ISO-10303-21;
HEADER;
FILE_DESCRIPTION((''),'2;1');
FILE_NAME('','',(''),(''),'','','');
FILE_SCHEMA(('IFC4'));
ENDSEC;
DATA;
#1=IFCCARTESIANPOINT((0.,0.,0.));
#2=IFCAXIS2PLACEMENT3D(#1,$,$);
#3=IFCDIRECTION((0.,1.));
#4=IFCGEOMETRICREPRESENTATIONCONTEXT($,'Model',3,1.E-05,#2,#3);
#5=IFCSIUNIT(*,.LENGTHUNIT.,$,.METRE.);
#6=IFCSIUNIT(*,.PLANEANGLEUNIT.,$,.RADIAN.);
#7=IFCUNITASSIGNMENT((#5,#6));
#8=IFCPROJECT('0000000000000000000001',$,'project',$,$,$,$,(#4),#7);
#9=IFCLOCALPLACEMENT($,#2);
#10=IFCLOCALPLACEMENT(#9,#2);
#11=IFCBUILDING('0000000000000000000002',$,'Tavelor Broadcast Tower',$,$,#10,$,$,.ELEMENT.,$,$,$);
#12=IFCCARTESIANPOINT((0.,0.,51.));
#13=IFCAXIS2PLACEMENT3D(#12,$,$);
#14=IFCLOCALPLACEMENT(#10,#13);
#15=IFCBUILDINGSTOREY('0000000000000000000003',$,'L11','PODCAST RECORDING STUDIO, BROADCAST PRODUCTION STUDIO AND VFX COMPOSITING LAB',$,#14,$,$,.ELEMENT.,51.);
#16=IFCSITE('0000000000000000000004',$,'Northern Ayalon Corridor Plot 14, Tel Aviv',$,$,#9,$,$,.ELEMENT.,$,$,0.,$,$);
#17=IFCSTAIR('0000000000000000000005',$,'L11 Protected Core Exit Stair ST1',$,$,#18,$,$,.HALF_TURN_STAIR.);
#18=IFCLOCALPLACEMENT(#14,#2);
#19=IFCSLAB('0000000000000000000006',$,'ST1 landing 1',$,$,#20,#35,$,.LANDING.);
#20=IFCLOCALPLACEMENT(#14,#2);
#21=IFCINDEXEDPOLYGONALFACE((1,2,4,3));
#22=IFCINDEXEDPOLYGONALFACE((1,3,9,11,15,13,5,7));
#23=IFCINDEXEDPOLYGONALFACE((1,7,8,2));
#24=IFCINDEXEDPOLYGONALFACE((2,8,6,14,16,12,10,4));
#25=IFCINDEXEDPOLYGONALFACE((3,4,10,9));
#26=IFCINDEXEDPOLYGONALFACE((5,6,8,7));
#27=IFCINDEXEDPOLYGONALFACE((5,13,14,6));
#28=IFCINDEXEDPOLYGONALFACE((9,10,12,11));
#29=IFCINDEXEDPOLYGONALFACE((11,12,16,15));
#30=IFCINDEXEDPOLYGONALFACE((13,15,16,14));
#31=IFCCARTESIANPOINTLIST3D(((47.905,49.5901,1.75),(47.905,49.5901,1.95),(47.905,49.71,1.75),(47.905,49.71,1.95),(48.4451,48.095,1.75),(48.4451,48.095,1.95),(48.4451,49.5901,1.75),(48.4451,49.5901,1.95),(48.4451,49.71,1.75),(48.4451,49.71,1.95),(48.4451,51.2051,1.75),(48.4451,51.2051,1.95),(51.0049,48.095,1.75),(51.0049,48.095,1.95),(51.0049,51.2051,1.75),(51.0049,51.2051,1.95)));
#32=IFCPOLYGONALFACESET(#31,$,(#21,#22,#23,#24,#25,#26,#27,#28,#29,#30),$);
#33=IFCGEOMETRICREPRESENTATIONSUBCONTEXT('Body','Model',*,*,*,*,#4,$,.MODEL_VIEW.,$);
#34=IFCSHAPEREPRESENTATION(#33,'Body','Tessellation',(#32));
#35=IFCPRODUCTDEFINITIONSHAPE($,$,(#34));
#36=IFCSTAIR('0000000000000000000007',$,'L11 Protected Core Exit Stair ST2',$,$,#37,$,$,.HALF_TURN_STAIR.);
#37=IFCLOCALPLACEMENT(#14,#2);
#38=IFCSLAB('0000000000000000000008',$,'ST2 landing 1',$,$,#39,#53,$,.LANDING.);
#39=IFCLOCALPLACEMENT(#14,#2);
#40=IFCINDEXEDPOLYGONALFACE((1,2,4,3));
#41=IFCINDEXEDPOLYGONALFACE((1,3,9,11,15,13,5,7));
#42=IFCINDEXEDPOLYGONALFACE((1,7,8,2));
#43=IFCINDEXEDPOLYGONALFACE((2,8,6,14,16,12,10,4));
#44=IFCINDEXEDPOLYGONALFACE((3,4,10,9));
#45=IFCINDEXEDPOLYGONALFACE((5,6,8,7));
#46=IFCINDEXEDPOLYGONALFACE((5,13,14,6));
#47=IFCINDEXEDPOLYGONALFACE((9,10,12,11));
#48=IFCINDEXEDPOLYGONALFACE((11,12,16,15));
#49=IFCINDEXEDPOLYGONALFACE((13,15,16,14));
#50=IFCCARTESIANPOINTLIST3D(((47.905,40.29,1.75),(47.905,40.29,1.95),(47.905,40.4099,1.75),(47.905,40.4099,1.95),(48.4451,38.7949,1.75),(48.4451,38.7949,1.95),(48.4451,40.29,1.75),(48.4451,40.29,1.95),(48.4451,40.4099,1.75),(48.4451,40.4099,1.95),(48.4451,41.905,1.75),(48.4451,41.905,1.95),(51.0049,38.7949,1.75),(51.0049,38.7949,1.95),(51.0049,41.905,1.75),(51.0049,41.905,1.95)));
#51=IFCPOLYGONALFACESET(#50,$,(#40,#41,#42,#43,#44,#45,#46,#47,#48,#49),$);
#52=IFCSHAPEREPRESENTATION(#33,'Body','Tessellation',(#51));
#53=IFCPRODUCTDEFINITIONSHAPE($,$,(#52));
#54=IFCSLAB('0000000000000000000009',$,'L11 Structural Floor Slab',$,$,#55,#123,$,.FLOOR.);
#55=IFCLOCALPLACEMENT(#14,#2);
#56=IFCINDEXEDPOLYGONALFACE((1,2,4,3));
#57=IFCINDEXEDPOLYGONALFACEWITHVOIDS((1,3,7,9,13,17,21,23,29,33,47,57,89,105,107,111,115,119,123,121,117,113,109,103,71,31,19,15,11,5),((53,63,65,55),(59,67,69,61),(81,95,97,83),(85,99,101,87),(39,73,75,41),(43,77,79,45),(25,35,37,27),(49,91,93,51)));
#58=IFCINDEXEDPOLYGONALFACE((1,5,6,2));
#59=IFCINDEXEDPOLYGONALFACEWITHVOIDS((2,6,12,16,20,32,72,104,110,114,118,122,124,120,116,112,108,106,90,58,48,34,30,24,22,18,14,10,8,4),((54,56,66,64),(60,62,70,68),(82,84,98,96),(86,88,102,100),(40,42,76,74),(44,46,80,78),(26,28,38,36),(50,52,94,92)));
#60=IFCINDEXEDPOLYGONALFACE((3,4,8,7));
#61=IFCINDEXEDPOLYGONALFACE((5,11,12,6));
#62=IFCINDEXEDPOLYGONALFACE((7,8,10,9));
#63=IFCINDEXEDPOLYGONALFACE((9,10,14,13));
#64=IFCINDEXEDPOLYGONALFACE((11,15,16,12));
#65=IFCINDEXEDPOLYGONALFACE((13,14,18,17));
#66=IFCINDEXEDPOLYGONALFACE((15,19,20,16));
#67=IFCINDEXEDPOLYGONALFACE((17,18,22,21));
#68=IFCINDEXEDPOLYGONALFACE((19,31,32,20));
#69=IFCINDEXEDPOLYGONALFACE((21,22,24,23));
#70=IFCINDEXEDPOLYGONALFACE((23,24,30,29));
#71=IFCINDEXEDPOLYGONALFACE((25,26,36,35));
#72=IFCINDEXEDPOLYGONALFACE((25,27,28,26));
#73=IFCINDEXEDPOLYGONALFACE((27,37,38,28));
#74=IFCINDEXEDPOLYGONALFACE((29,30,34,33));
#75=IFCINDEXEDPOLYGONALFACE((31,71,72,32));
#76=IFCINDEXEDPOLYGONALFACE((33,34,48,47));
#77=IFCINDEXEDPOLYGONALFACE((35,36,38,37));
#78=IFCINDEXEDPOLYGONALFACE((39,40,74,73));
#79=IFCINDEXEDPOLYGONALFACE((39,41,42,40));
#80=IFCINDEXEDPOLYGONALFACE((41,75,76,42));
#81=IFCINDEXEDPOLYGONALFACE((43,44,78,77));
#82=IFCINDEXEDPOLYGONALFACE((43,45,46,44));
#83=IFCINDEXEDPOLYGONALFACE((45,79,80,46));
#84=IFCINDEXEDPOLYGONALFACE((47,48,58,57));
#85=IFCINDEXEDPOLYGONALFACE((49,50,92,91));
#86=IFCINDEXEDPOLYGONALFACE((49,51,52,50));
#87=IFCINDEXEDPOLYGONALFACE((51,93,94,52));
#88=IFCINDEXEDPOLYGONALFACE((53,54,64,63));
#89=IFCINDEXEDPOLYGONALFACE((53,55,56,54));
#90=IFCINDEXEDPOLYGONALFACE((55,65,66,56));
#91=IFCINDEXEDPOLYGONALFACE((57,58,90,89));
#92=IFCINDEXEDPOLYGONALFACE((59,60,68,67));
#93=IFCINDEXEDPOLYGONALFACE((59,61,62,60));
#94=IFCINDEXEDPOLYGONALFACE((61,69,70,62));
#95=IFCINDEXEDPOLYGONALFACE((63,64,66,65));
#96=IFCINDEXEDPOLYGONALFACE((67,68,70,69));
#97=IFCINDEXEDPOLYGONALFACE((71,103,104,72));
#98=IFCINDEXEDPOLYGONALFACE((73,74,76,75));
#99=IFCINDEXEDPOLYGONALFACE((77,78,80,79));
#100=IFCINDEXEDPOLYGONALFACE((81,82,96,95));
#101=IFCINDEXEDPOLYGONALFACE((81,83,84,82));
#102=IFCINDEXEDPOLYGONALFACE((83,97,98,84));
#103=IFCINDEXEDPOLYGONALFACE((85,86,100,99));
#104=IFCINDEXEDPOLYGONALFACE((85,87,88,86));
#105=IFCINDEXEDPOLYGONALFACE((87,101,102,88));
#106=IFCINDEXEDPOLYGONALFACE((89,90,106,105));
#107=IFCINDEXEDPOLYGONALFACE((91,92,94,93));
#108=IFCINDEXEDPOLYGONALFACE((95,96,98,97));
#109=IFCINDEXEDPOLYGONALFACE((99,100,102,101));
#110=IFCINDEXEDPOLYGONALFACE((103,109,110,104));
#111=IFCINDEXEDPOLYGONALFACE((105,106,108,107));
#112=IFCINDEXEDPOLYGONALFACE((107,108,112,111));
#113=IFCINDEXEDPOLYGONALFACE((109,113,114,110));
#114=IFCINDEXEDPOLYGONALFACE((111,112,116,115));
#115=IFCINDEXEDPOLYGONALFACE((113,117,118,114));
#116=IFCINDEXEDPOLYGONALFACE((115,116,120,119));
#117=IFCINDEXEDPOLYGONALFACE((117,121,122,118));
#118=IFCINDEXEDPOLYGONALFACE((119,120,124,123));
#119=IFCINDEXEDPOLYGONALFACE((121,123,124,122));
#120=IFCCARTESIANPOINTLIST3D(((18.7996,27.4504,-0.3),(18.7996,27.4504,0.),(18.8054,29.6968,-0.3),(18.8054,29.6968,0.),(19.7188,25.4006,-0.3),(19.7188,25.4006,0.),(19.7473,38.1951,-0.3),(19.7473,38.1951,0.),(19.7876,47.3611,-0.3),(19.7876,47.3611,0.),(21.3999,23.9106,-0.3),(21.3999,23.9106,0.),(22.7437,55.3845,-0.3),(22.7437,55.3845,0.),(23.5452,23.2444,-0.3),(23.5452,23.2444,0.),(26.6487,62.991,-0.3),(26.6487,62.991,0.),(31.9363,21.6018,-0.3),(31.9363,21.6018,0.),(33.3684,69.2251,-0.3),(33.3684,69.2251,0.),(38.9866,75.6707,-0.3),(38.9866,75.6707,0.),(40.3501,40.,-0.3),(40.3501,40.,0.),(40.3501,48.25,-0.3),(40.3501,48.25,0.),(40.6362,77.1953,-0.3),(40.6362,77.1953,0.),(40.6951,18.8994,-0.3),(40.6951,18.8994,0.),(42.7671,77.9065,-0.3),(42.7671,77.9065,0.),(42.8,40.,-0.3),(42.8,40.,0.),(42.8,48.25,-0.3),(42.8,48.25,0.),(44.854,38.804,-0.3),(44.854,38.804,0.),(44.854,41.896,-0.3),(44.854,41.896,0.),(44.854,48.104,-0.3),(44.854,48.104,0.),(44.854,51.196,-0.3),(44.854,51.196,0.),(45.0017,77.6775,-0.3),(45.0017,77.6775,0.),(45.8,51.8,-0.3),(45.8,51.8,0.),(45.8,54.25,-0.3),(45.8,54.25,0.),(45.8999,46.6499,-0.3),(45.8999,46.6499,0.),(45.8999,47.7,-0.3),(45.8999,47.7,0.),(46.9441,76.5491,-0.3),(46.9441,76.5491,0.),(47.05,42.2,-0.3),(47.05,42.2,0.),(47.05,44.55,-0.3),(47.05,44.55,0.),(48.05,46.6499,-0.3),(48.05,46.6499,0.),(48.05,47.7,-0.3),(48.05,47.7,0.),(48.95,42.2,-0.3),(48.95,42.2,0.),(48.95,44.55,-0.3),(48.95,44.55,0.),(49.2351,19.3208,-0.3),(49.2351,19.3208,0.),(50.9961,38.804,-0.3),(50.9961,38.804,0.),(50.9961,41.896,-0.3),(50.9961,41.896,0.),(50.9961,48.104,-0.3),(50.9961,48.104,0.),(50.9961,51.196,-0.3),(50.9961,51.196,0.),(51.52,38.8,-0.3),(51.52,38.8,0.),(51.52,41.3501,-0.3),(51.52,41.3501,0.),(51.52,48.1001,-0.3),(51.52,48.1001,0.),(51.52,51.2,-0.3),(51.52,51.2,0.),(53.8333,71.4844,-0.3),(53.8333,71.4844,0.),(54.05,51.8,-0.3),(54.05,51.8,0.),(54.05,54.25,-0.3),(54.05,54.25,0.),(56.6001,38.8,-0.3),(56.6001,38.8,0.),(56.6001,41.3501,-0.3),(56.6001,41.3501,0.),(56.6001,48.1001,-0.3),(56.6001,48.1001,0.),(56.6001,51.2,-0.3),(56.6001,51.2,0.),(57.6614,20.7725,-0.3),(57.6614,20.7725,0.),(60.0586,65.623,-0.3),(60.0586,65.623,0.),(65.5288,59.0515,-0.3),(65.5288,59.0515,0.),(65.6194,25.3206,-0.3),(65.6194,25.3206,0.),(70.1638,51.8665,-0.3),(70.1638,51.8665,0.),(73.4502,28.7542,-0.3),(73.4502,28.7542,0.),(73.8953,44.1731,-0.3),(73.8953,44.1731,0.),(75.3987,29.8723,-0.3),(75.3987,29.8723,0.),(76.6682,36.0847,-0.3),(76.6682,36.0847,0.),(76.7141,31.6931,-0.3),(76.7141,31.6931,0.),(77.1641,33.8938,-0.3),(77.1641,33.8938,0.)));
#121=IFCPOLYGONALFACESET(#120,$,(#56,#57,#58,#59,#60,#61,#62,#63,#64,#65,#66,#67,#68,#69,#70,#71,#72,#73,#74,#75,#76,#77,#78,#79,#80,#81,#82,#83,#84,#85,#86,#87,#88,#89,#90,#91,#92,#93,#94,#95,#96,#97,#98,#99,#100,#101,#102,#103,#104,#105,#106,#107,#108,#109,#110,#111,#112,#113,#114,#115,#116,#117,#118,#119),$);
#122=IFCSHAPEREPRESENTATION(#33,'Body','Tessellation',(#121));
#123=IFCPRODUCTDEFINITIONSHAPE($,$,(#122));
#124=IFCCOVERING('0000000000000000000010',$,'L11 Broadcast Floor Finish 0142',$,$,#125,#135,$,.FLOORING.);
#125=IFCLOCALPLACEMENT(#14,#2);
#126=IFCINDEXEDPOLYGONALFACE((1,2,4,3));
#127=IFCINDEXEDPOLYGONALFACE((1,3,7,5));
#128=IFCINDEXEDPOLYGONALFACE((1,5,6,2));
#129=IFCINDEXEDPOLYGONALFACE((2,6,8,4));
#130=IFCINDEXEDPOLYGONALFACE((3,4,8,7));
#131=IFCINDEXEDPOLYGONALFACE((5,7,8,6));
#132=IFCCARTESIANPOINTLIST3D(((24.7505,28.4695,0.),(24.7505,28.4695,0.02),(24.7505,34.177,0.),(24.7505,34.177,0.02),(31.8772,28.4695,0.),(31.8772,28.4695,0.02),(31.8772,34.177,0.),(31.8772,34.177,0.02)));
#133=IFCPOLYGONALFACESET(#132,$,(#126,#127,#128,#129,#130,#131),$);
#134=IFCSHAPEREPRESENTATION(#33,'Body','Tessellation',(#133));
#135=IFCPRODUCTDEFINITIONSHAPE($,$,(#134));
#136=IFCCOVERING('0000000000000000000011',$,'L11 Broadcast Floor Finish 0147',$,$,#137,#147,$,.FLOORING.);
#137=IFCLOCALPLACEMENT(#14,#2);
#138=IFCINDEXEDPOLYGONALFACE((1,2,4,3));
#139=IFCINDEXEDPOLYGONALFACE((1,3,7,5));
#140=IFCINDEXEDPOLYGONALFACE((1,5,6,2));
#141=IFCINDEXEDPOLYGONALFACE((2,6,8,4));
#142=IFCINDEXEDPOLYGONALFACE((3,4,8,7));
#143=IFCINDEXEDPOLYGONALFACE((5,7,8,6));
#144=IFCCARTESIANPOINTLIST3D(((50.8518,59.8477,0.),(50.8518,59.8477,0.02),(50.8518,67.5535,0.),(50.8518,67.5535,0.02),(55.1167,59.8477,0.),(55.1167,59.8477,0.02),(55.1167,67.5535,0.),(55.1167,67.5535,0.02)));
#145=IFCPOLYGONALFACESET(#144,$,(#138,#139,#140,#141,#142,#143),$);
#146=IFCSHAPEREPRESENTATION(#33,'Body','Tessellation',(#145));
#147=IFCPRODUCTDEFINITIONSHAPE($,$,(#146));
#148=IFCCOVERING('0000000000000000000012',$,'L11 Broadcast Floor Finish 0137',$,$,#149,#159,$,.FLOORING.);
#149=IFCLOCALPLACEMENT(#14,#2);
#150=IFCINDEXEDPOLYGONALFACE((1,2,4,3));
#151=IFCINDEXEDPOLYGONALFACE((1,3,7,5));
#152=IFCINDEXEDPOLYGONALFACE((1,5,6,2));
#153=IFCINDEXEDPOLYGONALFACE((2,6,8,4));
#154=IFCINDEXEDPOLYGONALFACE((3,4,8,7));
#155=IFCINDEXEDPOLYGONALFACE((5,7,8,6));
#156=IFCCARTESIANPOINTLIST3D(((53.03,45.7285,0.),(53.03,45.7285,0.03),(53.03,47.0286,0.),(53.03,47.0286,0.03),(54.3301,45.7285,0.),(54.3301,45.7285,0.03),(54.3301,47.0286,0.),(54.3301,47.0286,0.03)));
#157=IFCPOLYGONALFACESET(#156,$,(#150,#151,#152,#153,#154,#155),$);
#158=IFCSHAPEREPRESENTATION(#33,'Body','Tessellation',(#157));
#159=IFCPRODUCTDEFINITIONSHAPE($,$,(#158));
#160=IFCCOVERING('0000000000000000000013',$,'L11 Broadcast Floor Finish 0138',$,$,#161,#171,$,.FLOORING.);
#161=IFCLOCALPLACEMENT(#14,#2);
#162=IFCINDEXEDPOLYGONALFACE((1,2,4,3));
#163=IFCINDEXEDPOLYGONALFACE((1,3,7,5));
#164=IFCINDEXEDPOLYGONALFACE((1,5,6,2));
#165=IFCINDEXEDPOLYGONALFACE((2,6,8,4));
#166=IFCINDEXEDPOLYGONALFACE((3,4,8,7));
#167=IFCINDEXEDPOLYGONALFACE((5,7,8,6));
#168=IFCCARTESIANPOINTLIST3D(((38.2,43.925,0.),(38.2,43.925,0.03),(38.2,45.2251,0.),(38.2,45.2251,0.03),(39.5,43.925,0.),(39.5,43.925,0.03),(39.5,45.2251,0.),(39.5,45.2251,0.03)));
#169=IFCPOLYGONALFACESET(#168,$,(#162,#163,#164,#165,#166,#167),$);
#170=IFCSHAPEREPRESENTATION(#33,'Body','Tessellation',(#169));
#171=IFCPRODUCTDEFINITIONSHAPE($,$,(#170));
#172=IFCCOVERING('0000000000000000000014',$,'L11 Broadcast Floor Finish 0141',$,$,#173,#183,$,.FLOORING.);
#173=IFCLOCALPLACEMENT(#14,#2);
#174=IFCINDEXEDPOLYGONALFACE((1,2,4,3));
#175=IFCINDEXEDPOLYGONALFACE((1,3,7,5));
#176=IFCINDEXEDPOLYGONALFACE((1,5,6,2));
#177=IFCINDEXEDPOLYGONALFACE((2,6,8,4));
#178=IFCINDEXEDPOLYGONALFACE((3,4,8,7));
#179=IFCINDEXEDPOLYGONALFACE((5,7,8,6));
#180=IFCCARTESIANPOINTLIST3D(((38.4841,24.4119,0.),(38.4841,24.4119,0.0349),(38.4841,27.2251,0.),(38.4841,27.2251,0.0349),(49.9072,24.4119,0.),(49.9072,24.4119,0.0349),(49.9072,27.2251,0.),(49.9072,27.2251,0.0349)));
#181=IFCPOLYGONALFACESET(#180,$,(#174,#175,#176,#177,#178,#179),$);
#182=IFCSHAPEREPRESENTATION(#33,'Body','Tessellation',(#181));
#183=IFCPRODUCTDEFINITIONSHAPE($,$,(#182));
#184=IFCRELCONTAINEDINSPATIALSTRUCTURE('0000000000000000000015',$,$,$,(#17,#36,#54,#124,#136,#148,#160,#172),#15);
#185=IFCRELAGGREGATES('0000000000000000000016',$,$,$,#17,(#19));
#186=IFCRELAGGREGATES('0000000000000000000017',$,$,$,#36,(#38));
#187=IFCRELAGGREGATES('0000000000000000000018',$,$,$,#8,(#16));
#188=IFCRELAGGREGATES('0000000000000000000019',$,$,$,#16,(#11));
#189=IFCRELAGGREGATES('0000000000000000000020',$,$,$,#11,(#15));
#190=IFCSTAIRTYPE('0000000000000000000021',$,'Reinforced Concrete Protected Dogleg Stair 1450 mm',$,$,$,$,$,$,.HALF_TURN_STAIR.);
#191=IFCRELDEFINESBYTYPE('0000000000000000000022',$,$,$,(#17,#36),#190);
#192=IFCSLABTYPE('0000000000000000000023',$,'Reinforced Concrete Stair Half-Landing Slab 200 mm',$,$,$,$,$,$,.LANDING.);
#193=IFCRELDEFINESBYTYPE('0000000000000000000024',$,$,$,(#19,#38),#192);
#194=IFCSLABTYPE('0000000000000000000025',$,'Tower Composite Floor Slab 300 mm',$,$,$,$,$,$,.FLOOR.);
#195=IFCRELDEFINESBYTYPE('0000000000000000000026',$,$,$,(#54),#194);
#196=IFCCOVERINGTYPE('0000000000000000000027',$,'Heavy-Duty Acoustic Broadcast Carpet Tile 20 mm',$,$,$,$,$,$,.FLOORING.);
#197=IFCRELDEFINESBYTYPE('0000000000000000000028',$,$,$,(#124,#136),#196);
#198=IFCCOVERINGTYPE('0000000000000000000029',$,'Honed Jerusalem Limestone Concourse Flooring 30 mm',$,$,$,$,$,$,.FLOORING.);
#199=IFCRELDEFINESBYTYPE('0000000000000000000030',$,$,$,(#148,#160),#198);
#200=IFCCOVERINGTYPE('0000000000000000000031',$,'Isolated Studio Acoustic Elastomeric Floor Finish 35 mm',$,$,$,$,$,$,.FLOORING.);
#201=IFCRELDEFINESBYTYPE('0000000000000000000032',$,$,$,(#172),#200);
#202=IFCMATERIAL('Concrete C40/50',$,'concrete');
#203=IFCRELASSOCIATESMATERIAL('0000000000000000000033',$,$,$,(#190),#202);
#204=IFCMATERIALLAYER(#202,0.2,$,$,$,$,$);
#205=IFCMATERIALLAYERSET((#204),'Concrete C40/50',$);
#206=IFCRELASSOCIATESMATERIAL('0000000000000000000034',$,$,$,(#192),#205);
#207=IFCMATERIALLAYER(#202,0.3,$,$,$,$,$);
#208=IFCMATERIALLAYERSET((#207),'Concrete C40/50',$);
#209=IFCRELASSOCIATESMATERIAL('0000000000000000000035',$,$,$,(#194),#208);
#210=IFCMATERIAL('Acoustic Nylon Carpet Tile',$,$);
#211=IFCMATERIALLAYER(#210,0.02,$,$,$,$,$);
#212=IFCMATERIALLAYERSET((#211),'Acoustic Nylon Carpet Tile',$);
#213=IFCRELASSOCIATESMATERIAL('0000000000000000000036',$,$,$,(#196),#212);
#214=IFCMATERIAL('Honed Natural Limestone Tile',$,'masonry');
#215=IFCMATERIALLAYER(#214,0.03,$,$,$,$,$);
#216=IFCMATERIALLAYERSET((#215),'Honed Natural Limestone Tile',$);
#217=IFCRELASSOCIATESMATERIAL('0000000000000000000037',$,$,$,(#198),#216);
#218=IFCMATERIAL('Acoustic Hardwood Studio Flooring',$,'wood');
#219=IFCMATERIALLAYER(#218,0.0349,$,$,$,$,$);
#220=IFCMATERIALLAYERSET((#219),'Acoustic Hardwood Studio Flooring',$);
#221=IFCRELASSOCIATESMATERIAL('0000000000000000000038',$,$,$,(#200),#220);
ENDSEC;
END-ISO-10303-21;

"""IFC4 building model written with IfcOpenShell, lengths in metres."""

from ifc_helpers import new_model, si_unit, direction, frame, origin, place, context, subcontext, project, spatial, polyline, outline, extrude, material, layer, layer_set, type_object, element, aggregate, save


model = new_model("IFC4")

# Units and contexts
model_context = context("Model", 3, precision=1e-05, world=origin(), true_north=direction((0.0, 1.0)))
body_context = subcontext(model_context, "Body", "Model", "MODEL_VIEW")
ifc_project = project(units=[si_unit("LENGTHUNIT", "METRE"), si_unit("PLANEANGLEUNIT", "RADIAN")], contexts=[model_context])

# Site, building, storey
site_placement = place(None, origin())
site = spatial("IfcSite", under=ifc_project, at=site_placement, Name="Northern Ayalon Corridor Plot 14, Tel Aviv", CompositionType="ELEMENT", RefElevation=0.0)
building_placement = place(site_placement, origin())
building = spatial("IfcBuilding", under=site, at=building_placement, Name="Tavelor Broadcast Tower", CompositionType="ELEMENT")
storey_placement = place(building_placement, frame((0.0, 0.0, 51.0)))
storey = spatial("IfcBuildingStorey", under=building, at=storey_placement, Name="L11", Description="PODCAST RECORDING STUDIO, BROADCAST PRODUCTION STUDIO AND VFX COMPOSITING LAB", CompositionType="ELEMENT", Elevation=51.0)

# Stairs, slabs
ifc_material_1 = material(Name="Concrete C40/50", Category="concrete")
stair_type = type_object("IfcStairType", Name="Reinforced Concrete Protected Dogleg Stair 1450 mm", PredefinedType="HALF_TURN_STAIR", material=ifc_material_1)
stair_1_placement = place(storey_placement, origin())
stair_1 = element("IfcStair", 1, at=stair_1_placement, inside=storey, type_object=stair_type, Name="L11 Protected Core Exit Stair ST1", PredefinedType="HALF_TURN_STAIR")
ifc_layer_1 = layer(ifc_material_1, 0.2)
ifc_layer_set_1 = layer_set([ifc_layer_1], Name="Concrete C40/50")
slab_type_1 = type_object("IfcSlabType", Name="Reinforced Concrete Stair Half-Landing Slab 200 mm", PredefinedType="LANDING", material=ifc_layer_set_1)
slab_1_placement = place(storey_placement, frame((0.0, 0.0, 1.75)))
slab_1 = element("IfcSlab", 2, at=slab_1_placement, type_object=slab_type_1, Name="ST1 landing 1", PredefinedType="LANDING", context=body_context, shape_type="SweptSolid", body=[
    extrude(outline(polyline([(48.4451, 49.5901), (48.4451, 48.095), (51.0049, 48.095), (51.0049, 51.2051), (48.4451, 51.2051), (48.4451, 49.71), (47.905, 49.71), (47.905, 49.5901), (48.4451, 49.5901)])), origin(), (0.0, 0.0, 1.0), 0.2),
])
aggregate(stair_1, [slab_1])
stair_2_placement = place(storey_placement, origin())
stair_2 = element("IfcStair", 3, at=stair_2_placement, inside=storey, type_object=stair_type, Name="L11 Protected Core Exit Stair ST2", PredefinedType="HALF_TURN_STAIR")
slab_2_placement = place(storey_placement, frame((0.0, 0.0, 1.75)))
slab_2 = element("IfcSlab", 4, at=slab_2_placement, type_object=slab_type_1, Name="ST2 landing 1", PredefinedType="LANDING", context=body_context, shape_type="SweptSolid", body=[
    extrude(outline(polyline([(48.4451, 40.29), (48.4451, 38.7949), (51.0049, 38.7949), (51.0049, 41.905), (48.4451, 41.905), (48.4451, 40.4099), (47.905, 40.4099), (47.905, 40.29), (48.4451, 40.29)])), origin(), (0.0, 0.0, 1.0), 0.2),
])
aggregate(stair_2, [slab_2])

# Slab
ifc_layer_2 = layer(ifc_material_1, 0.3)
ifc_layer_set_2 = layer_set([ifc_layer_2], Name="Concrete C40/50")
slab_type_2 = type_object("IfcSlabType", Name="Tower Composite Floor Slab 300 mm", PredefinedType="FLOOR", material=ifc_layer_set_2)
slab_3_placement = place(storey_placement, frame((0.0, 0.0, -0.3)))
element("IfcSlab", 5, at=slab_3_placement, inside=storey, type_object=slab_type_2, Name="L11 Structural Floor Slab", PredefinedType="FLOOR", context=body_context, shape_type="SweptSolid", body=[
    extrude(outline(polyline([(46.9441, 76.5491), (45.0017, 77.6775), (42.7671, 77.9065), (40.6362, 77.1953), (38.9866, 75.6707), (33.3684, 69.2251), (26.6487, 62.991), (22.7437, 55.3845), (19.7876, 47.3611), (19.7473, 38.1951), (18.8054, 29.6968), (18.7996, 27.4504), (19.7188, 25.4006), (21.3999, 23.9106), (23.5452, 23.2444), (31.9363, 21.6018), (40.6951, 18.8994), (49.2351, 19.3208), (57.6614, 20.7725), (65.6194, 25.3206), (73.4502, 28.7542), (75.3987, 29.8723), (76.7141, 31.6931), (77.1641, 33.8938), (76.6682, 36.0847), (73.8953, 44.1731), (70.1638, 51.8665), (65.5288, 59.0515), (60.0586, 65.623), (53.8333, 71.4844), (46.9441, 76.5491)]), holes=[polyline([(56.6001, 38.8), (51.52, 38.8), (51.52, 41.3501), (56.6001, 41.3501), (56.6001, 38.8)]), polyline([(50.9961, 38.804), (44.854, 38.804), (44.854, 41.896), (50.9961, 41.896), (50.9961, 38.804)]), polyline([(47.05, 42.2), (47.05, 44.55), (48.95, 44.55), (48.95, 42.2), (47.05, 42.2)]), polyline([(40.3501, 40.0), (40.3501, 48.25), (42.8, 48.25), (42.8, 40.0), (40.3501, 40.0)]), polyline([(48.05, 46.6499), (45.8999, 46.6499), (45.8999, 47.7), (48.05, 47.7), (48.05, 46.6499)]), polyline([(50.9961, 48.104), (44.854, 48.104), (44.854, 51.196), (50.9961, 51.196), (50.9961, 48.104)]), polyline([(56.6001, 48.1001), (51.52, 48.1001), (51.52, 51.2), (56.6001, 51.2), (56.6001, 48.1001)]), polyline([(54.05, 51.8), (45.8, 51.8), (45.8, 54.25), (54.05, 54.25), (54.05, 51.8)])]), origin(), (0.0, 0.0, 1.0), 0.3),
])

# Coverings
ifc_material_2 = material(Name="Acoustic Nylon Carpet Tile")
ifc_layer_3 = layer(ifc_material_2, 0.02)
ifc_layer_set_3 = layer_set([ifc_layer_3], Name="Acoustic Nylon Carpet Tile")
covering_type_1 = type_object("IfcCoveringType", Name="Heavy-Duty Acoustic Broadcast Carpet Tile 20 mm", PredefinedType="FLOORING", material=ifc_layer_set_3)
covering_1_placement = place(storey_placement, origin())
element("IfcCovering", 6, at=covering_1_placement, inside=storey, type_object=covering_type_1, Name="L11 Broadcast Floor Finish 0142", PredefinedType="FLOORING", context=body_context, shape_type="SweptSolid", body=[
    extrude(outline(polyline([(24.7505, 28.4695), (31.8772, 28.4695), (31.8772, 34.177), (24.7505, 34.177), (24.7505, 28.4695)])), origin(), (0.0, 0.0, 1.0), 0.02),
])
covering_2_placement = place(storey_placement, origin())
element("IfcCovering", 7, at=covering_2_placement, inside=storey, type_object=covering_type_1, Name="L11 Broadcast Floor Finish 0147", PredefinedType="FLOORING", context=body_context, shape_type="SweptSolid", body=[
    extrude(outline(polyline([(50.8518, 59.8477), (55.1167, 59.8477), (55.1167, 67.5535), (50.8518, 67.5535), (50.8518, 59.8477)])), origin(), (0.0, 0.0, 1.0), 0.02),
])
ifc_material_3 = material(Name="Honed Natural Limestone Tile", Category="masonry")
ifc_layer_4 = layer(ifc_material_3, 0.03)
ifc_layer_set_4 = layer_set([ifc_layer_4], Name="Honed Natural Limestone Tile")
covering_type_2 = type_object("IfcCoveringType", Name="Honed Jerusalem Limestone Concourse Flooring 30 mm", PredefinedType="FLOORING", material=ifc_layer_set_4)
covering_3_placement = place(storey_placement, origin())
element("IfcCovering", 8, at=covering_3_placement, inside=storey, type_object=covering_type_2, Name="L11 Broadcast Floor Finish 0137", PredefinedType="FLOORING", context=body_context, shape_type="SweptSolid", body=[
    extrude(outline(polyline([(53.03, 45.7285), (54.3301, 45.7285), (54.3301, 47.0286), (53.03, 47.0286), (53.03, 45.7285)])), origin(), (0.0, 0.0, 1.0), 0.03),
])
covering_4_placement = place(storey_placement, origin())
element("IfcCovering", 9, at=covering_4_placement, inside=storey, type_object=covering_type_2, Name="L11 Broadcast Floor Finish 0138", PredefinedType="FLOORING", context=body_context, shape_type="SweptSolid", body=[
    extrude(outline(polyline([(38.2, 43.925), (39.5, 43.925), (39.5, 45.2251), (38.2, 45.2251), (38.2, 43.925)])), origin(), (0.0, 0.0, 1.0), 0.03),
])
ifc_material_4 = material(Name="Acoustic Hardwood Studio Flooring", Category="wood")
ifc_layer_5 = layer(ifc_material_4, 0.0349)
ifc_layer_set_5 = layer_set([ifc_layer_5], Name="Acoustic Hardwood Studio Flooring")
covering_type_3 = type_object("IfcCoveringType", Name="Isolated Studio Acoustic Elastomeric Floor Finish 35 mm", PredefinedType="FLOORING", material=ifc_layer_set_5)
covering_5_placement = place(storey_placement, origin())
element("IfcCovering", 10, at=covering_5_placement, inside=storey, type_object=covering_type_3, Name="L11 Broadcast Floor Finish 0141", PredefinedType="FLOORING", context=body_context, shape_type="SweptSolid", body=[
    extrude(outline(polyline([(38.4841, 24.4119), (49.9072, 24.4119), (49.9072, 27.2251), (38.4841, 27.2251), (38.4841, 24.4119)])), origin(), (0.0, 0.0, 1.0), 0.0349),
])

save(model, "model.ifc")
